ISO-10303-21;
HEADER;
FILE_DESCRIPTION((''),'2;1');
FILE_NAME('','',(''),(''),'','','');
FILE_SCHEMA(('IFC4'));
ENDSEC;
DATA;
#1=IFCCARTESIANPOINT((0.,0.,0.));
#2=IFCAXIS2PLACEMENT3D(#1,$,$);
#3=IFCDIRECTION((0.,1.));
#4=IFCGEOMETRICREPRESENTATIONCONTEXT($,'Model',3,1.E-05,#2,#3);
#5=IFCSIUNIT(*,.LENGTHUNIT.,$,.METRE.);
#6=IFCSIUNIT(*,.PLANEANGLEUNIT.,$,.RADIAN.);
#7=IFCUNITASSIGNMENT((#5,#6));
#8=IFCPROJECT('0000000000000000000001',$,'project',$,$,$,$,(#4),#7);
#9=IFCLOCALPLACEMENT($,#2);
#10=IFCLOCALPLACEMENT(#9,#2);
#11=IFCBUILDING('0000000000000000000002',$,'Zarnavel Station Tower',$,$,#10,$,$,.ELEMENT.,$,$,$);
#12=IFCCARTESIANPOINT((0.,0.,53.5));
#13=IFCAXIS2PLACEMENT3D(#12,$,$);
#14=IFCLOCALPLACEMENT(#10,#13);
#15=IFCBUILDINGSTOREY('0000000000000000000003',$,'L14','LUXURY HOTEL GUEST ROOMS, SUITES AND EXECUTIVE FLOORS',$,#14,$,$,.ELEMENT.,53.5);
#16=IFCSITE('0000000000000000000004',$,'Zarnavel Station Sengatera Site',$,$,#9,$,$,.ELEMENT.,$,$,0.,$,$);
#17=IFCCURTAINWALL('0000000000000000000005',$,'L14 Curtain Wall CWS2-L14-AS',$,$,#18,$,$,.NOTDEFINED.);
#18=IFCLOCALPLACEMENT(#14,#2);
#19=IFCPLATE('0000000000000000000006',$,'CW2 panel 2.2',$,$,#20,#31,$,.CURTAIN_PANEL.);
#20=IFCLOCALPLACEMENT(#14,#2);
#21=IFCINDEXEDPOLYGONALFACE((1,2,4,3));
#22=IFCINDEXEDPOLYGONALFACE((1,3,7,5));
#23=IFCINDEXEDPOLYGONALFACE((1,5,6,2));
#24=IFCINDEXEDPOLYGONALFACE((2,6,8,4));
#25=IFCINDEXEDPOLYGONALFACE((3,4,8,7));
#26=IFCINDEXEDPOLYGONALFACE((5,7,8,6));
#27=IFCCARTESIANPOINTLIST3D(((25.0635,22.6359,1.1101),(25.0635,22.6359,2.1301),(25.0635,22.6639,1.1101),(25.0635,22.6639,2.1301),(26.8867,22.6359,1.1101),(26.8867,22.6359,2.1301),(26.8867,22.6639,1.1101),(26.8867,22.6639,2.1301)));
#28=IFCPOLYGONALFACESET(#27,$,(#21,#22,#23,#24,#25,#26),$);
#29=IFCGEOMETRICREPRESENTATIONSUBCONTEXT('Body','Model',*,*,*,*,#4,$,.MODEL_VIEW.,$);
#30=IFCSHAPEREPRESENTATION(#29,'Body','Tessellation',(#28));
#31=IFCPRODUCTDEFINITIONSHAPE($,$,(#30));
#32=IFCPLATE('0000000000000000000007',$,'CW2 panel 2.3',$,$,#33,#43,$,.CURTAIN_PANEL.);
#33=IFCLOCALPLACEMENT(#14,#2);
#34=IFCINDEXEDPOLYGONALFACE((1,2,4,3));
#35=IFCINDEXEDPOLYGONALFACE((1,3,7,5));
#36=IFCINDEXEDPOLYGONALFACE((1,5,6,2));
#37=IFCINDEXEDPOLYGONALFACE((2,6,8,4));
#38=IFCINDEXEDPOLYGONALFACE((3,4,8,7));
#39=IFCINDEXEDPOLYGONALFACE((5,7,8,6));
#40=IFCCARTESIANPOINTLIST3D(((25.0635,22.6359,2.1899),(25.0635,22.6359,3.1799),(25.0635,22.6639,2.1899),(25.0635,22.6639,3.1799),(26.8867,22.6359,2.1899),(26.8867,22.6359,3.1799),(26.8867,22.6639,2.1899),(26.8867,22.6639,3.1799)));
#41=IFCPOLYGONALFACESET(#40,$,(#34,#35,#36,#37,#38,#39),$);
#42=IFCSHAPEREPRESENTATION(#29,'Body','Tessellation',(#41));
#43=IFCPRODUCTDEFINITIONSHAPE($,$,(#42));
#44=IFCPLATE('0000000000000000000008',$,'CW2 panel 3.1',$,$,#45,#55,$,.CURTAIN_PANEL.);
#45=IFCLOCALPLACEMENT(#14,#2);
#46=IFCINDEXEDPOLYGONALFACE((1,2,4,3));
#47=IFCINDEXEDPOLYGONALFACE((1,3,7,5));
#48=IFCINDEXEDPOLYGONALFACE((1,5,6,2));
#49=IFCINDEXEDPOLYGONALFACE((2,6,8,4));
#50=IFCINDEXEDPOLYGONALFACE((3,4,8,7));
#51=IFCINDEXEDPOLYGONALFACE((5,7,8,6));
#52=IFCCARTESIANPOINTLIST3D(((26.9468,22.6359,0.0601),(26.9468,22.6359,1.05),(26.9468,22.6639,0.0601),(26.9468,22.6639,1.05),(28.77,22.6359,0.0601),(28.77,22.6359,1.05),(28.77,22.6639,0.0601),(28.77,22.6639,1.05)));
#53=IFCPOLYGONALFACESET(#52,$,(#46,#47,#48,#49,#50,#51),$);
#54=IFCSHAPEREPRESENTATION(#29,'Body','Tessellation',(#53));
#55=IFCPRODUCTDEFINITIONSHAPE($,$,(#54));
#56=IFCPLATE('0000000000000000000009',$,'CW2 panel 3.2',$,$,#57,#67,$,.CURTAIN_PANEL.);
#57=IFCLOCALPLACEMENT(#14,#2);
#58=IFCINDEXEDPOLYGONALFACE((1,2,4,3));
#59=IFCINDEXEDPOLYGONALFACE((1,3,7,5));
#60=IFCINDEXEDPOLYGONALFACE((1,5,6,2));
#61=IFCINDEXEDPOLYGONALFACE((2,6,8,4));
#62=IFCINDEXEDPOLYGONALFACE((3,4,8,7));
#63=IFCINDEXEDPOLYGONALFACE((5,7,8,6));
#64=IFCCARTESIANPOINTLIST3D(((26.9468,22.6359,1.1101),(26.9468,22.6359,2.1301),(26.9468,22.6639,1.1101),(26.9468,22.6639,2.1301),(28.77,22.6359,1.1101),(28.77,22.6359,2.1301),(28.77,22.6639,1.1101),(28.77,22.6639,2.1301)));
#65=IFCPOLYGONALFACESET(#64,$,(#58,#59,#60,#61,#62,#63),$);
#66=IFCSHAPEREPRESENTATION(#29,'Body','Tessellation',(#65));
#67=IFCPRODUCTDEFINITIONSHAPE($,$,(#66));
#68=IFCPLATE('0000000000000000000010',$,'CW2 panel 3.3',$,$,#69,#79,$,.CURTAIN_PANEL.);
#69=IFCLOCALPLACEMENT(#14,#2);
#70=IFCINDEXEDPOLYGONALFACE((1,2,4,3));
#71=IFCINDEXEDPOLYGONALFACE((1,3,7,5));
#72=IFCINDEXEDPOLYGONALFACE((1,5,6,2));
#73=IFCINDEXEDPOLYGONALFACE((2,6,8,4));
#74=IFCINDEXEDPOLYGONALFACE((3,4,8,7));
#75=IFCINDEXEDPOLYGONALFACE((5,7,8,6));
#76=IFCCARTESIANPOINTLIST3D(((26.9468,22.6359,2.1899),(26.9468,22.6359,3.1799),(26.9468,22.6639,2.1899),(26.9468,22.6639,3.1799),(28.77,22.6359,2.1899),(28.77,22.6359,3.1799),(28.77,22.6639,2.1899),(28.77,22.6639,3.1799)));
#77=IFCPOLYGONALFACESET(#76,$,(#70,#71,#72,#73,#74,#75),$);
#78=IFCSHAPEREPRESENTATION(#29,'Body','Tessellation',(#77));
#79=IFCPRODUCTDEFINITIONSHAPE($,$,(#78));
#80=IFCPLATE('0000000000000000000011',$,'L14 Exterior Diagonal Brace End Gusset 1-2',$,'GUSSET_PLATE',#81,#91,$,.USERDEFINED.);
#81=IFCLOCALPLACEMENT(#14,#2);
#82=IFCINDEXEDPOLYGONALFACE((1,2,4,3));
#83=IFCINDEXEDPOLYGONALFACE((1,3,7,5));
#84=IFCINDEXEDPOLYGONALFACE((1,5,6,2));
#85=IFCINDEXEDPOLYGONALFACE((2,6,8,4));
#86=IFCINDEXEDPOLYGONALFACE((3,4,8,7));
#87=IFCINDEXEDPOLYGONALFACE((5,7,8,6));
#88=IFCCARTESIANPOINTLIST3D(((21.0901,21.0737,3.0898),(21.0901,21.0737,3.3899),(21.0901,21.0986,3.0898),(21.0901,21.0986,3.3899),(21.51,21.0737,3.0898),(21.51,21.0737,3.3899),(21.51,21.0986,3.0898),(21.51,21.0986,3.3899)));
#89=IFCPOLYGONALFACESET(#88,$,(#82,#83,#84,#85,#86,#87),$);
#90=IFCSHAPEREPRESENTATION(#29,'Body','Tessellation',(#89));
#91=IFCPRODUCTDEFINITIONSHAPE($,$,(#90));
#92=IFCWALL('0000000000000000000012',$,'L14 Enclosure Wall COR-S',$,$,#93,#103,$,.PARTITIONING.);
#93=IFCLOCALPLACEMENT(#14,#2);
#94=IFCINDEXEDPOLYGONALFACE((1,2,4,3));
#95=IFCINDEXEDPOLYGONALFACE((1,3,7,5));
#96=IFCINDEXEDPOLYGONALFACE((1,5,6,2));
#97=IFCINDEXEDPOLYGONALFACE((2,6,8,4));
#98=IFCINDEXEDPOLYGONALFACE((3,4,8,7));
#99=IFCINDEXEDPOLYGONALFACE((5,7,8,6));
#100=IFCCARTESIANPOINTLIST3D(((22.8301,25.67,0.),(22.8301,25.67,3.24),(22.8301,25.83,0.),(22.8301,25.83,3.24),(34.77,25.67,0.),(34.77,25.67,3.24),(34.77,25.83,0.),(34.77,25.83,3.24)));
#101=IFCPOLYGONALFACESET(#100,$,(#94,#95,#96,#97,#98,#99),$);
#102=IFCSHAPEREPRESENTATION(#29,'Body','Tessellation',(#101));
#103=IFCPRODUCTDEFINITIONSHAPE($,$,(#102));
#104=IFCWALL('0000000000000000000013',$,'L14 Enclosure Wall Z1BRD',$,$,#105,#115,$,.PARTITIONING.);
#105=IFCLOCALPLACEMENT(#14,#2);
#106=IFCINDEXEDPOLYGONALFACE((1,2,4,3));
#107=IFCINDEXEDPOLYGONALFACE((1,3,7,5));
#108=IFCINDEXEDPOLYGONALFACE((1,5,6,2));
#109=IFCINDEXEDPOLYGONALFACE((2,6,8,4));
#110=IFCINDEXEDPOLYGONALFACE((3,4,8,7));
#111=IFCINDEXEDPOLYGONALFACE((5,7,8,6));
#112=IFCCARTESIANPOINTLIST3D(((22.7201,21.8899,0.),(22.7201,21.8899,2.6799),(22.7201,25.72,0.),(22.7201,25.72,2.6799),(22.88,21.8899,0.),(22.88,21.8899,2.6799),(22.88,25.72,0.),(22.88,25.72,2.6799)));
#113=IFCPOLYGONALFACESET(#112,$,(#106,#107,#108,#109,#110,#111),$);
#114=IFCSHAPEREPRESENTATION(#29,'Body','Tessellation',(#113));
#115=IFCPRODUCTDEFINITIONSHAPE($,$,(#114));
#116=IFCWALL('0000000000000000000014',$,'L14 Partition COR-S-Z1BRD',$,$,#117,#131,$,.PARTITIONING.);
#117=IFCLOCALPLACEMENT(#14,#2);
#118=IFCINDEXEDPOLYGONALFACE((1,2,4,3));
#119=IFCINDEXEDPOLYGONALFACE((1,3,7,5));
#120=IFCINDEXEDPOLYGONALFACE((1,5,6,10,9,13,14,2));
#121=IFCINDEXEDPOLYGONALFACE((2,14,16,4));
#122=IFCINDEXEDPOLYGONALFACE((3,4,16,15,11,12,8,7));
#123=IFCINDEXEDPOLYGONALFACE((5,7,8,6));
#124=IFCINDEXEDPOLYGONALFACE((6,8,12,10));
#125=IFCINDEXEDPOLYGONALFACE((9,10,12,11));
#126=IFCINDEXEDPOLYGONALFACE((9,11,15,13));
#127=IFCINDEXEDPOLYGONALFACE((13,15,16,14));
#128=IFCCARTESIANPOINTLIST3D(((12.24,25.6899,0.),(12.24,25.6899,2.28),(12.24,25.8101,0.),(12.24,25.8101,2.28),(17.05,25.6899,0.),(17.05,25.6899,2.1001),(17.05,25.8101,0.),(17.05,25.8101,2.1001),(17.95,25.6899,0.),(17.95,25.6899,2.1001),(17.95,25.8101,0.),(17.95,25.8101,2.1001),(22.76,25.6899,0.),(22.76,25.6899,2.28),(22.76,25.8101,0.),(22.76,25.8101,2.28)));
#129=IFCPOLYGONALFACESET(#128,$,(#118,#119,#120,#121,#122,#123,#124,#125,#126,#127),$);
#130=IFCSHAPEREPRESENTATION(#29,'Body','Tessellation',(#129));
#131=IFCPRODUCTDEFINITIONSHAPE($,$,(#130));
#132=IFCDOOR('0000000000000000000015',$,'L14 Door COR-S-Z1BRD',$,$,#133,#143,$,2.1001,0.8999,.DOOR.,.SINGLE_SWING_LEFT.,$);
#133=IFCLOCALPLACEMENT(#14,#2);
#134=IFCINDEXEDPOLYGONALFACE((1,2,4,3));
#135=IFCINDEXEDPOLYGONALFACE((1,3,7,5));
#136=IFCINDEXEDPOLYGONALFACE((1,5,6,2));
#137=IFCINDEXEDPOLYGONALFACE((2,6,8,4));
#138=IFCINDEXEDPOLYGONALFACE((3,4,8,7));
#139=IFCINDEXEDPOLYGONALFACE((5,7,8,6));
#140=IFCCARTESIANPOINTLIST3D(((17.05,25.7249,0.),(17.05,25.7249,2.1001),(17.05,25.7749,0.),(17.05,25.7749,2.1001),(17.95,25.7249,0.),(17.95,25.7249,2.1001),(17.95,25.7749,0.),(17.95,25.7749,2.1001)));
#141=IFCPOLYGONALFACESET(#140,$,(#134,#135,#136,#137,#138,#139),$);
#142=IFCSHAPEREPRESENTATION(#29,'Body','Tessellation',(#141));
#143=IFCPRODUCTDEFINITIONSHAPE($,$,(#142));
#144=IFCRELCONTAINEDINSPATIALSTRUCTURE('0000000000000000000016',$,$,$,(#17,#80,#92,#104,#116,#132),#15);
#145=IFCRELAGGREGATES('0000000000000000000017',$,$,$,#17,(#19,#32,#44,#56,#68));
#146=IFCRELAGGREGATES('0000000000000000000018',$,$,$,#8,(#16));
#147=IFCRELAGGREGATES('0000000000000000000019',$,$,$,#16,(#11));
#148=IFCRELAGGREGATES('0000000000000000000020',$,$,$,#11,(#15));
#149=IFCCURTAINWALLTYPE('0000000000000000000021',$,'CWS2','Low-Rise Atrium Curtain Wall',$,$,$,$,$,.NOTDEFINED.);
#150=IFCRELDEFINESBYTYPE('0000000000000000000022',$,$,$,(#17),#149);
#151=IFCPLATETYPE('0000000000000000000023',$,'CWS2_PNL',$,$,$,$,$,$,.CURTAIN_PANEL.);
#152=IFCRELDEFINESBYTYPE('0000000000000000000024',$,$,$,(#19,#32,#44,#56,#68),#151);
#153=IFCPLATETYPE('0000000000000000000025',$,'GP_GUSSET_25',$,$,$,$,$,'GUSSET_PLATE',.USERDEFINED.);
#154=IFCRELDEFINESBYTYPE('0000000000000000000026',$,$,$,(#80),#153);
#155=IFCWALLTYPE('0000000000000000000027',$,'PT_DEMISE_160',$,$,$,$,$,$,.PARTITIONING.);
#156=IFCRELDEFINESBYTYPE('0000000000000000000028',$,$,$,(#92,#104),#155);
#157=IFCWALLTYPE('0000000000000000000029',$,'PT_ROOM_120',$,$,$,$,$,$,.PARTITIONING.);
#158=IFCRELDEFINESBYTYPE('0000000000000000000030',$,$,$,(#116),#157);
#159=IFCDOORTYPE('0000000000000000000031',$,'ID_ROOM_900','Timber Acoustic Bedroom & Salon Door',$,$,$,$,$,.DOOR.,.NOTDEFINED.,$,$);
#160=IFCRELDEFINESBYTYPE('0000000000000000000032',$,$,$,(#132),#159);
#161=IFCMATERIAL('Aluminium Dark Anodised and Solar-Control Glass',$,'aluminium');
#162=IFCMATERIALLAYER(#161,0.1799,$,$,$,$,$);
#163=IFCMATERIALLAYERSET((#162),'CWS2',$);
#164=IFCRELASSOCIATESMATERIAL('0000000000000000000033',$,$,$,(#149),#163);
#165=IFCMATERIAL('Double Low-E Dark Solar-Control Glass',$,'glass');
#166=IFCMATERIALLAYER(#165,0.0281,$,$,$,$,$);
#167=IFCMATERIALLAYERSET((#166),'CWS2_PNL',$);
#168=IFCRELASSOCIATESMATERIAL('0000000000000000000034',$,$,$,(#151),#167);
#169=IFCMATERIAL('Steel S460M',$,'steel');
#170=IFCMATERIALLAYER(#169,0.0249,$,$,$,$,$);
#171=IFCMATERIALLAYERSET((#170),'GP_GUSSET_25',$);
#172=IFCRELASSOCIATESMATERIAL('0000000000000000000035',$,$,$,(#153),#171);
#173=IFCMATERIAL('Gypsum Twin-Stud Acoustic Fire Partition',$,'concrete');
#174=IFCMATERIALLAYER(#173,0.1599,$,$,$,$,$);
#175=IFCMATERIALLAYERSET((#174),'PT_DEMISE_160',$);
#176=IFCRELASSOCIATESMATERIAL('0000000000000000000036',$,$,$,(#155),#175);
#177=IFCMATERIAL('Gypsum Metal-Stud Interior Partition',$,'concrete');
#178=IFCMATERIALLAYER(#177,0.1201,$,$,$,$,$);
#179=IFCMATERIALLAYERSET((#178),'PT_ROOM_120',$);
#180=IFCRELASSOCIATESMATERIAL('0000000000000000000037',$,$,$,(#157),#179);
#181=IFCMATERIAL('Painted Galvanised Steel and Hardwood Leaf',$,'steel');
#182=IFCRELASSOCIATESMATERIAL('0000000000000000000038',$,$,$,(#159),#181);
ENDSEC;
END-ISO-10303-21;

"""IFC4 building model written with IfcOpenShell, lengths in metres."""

from ifc_helpers import new_model, si_unit, direction, frame, frame_2d, origin, origin_2d, place, context, subcontext, project, spatial, rectangle, extrude, material, layer, layer_set, type_object, element, fill, aggregate, save


model = new_model("IFC4")

# Units and contexts
model_context = context("Model", 3, precision=1e-05, world=origin(), true_north=direction((0.0, 1.0)))
body_context = subcontext(model_context, "Body", "Model", "MODEL_VIEW")
ifc_project = project(units=[si_unit("LENGTHUNIT", "METRE"), si_unit("PLANEANGLEUNIT", "RADIAN")], contexts=[model_context])

# Site, building, storey
site_placement = place(None, origin())
site = spatial("IfcSite", under=ifc_project, at=site_placement, Name="Zarnavel Station Sengatera Site", CompositionType="ELEMENT", RefElevation=0.0)
building_placement = place(site_placement, origin())
building = spatial("IfcBuilding", under=site, at=building_placement, Name="Zarnavel Station Tower", CompositionType="ELEMENT")
storey_placement = place(building_placement, frame((0.0, 0.0, 53.5)))
storey = spatial("IfcBuildingStorey", under=building, at=storey_placement, Name="L14", Description="LUXURY HOTEL GUEST ROOMS, SUITES AND EXECUTIVE FLOORS", CompositionType="ELEMENT", Elevation=53.5)

# Curtain wall
ifc_material_1 = material(Name="Aluminium Dark Anodised and Solar-Control Glass", Category="aluminium")
ifc_layer_1 = layer(ifc_material_1, 0.1799)
ifc_layer_set_1 = layer_set([ifc_layer_1], Name="CWS2")
curtain_wall_type = type_object("IfcCurtainWallType", Name="CWS2", Description="Low-Rise Atrium Curtain Wall", PredefinedType="NOTDEFINED", material=ifc_layer_set_1)
curtain_wall_placement = place(storey_placement, origin())
curtain_wall = element("IfcCurtainWall", 1, at=curtain_wall_placement, inside=storey, type_object=curtain_wall_type, Name="L14 Curtain Wall CWS2-L14-AS", PredefinedType="NOTDEFINED")

# Plates
ifc_material_2 = material(Name="Double Low-E Dark Solar-Control Glass", Category="glass")
ifc_layer_2 = layer(ifc_material_2, 0.0281)
ifc_layer_set_2 = layer_set([ifc_layer_2], Name="CWS2_PNL")
plate_type_1 = type_object("IfcPlateType", Name="CWS2_PNL", PredefinedType="CURTAIN_PANEL", material=ifc_layer_set_2)
plate_1_placement = place(storey_placement, frame((25.9751, 22.6499, 1.1101), z_axis=(0.0, 0.0, 1.0), x_axis=(1.0, 0.0, 0.0)))
plate_1 = element("IfcPlate", 2, at=plate_1_placement, type_object=plate_type_1, Name="CW2 panel 2.2", PredefinedType="CURTAIN_PANEL", context=body_context, shape_type="SweptSolid", body=[
    extrude(rectangle(XDim=1.8232, YDim=0.0281, at=origin_2d()), origin(), (0.0, 0.0, 1.0), 1.02),
])
plate_2_placement = place(storey_placement, frame((25.9751, 22.6499, 2.1899), z_axis=(0.0, 0.0, 1.0), x_axis=(1.0, 0.0, 0.0)))
plate_2 = element("IfcPlate", 3, at=plate_2_placement, type_object=plate_type_1, Name="CW2 panel 2.3", PredefinedType="CURTAIN_PANEL", context=body_context, shape_type="SweptSolid", body=[
    extrude(rectangle(XDim=1.8232, YDim=0.0281, at=origin_2d()), origin(), (0.0, 0.0, 1.0), 0.99),
])
plate_3_placement = place(storey_placement, frame((27.8584, 22.6499, 0.0601), z_axis=(0.0, 0.0, 1.0), x_axis=(1.0, 0.0, 0.0)))
plate_3 = element("IfcPlate", 4, at=plate_3_placement, type_object=plate_type_1, Name="CW2 panel 3.1", PredefinedType="CURTAIN_PANEL", context=body_context, shape_type="SweptSolid", body=[
    extrude(rectangle(XDim=1.8232, YDim=0.0281, at=origin_2d()), origin(), (0.0, 0.0, 1.0), 0.99),
])
plate_4_placement = place(storey_placement, frame((27.8584, 22.6499, 1.1101), z_axis=(0.0, 0.0, 1.0), x_axis=(1.0, 0.0, 0.0)))
plate_4 = element("IfcPlate", 5, at=plate_4_placement, type_object=plate_type_1, Name="CW2 panel 3.2", PredefinedType="CURTAIN_PANEL", context=body_context, shape_type="SweptSolid", body=[
    extrude(rectangle(XDim=1.8232, YDim=0.0281, at=origin_2d()), origin(), (0.0, 0.0, 1.0), 1.02),
])
plate_5_placement = place(storey_placement, frame((27.8584, 22.6499, 2.1899), z_axis=(0.0, 0.0, 1.0), x_axis=(1.0, 0.0, 0.0)))
plate_5 = element("IfcPlate", 6, at=plate_5_placement, type_object=plate_type_1, Name="CW2 panel 3.3", PredefinedType="CURTAIN_PANEL", context=body_context, shape_type="SweptSolid", body=[
    extrude(rectangle(XDim=1.8232, YDim=0.0281, at=origin_2d()), origin(), (0.0, 0.0, 1.0), 0.99),
])
aggregate(curtain_wall, [plate_1, plate_2, plate_3, plate_4, plate_5])
ifc_material_3 = material(Name="Steel S460M", Category="steel")
ifc_layer_3 = layer(ifc_material_3, 0.0249)
ifc_layer_set_3 = layer_set([ifc_layer_3], Name="GP_GUSSET_25")
plate_type_2 = type_object("IfcPlateType", Name="GP_GUSSET_25", ElementType="GUSSET_PLATE", PredefinedType="USERDEFINED", material=ifc_layer_set_3)
plate_6_placement = place(storey_placement, frame((21.3, 21.0862, 3.0898), z_axis=(0.0, 0.0, 1.0), x_axis=(1.0, 0.0, 0.0)))
element("IfcPlate", 7, at=plate_6_placement, inside=storey, type_object=plate_type_2, Name="L14 Exterior Diagonal Brace End Gusset 1-2", ObjectType="GUSSET_PLATE", PredefinedType="USERDEFINED", context=body_context, shape_type="SweptSolid", body=[
    extrude(rectangle(XDim=0.4199, YDim=0.0249, at=origin_2d()), origin(), (0.0, 0.0, 1.0), 0.3),
])

# Walls
ifc_material_4 = material(Name="Gypsum Twin-Stud Acoustic Fire Partition", Category="concrete")
ifc_layer_4 = layer(ifc_material_4, 0.1599)
ifc_layer_set_4 = layer_set([ifc_layer_4], Name="PT_DEMISE_160")
wall_type_1 = type_object("IfcWallType", Name="PT_DEMISE_160", PredefinedType="PARTITIONING", material=ifc_layer_set_4)
wall_1_placement = place(storey_placement, frame((22.8301, 25.75, 0.0), z_axis=(0.0, 0.0, 1.0), x_axis=(1.0, 0.0, 0.0)))
element("IfcWall", 8, at=wall_1_placement, inside=storey, type_object=wall_type_1, Name="L14 Enclosure Wall COR-S", PredefinedType="PARTITIONING", context=body_context, shape_type="SweptSolid", body=[
    extrude(rectangle(XDim=11.9399, YDim=0.1599, at=frame_2d((5.97, 0.0))), origin(), (0.0, 0.0, 1.0), 3.24),
])
wall_2_placement = place(storey_placement, frame((22.8, 21.8899, 0.0), z_axis=(0.0, 0.0, 1.0), x_axis=(0.0, 1.0, 0.0)))
element("IfcWall", 9, at=wall_2_placement, inside=storey, type_object=wall_type_1, Name="L14 Enclosure Wall Z1BRD", PredefinedType="PARTITIONING", context=body_context, shape_type="SweptSolid", body=[
    extrude(rectangle(XDim=3.8301, YDim=0.1599, at=frame_2d((1.915, 0.0))), origin(), (0.0, 0.0, 1.0), 2.6799),
])

# Wall, opening, door
ifc_material_5 = material(Name="Gypsum Metal-Stud Interior Partition", Category="concrete")
ifc_layer_5 = layer(ifc_material_5, 0.1201)
ifc_layer_set_5 = layer_set([ifc_layer_5], Name="PT_ROOM_120")
wall_type_2 = type_object("IfcWallType", Name="PT_ROOM_120", PredefinedType="PARTITIONING", material=ifc_layer_set_5)
wall_3_placement = place(storey_placement, frame((12.24, 25.75, 0.0), z_axis=(0.0, 0.0, 1.0), x_axis=(1.0, 0.0, 0.0)))
wall_3 = element("IfcWall", 10, at=wall_3_placement, inside=storey, type_object=wall_type_2, Name="L14 Partition COR-S-Z1BRD", PredefinedType="PARTITIONING", context=body_context, shape_type="SweptSolid", body=[
    extrude(rectangle(XDim=10.52, YDim=0.1201, at=frame_2d((5.26, 0.0))), origin(), (0.0, 0.0, 1.0), 2.28),
])
opening_placement = place(wall_3_placement, frame((4.8101, 0.0, 0.0)))
opening = element("IfcOpeningElement", 11, at=opening_placement, cuts=wall_3, PredefinedType="OPENING", context=body_context, shape_type="SweptSolid", body=[
    extrude(rectangle(XDim=0.8999, YDim=2.1001, at=frame_2d((0.45, 1.05))), frame((0.0, 0.0701, 0.0), z_axis=(0.0, -1.0, 0.0), x_axis=(1.0, 0.0, 0.0)), (0.0, 0.0, 1.0), 0.1401),
])
ifc_material_6 = material(Name="Painted Galvanised Steel and Hardwood Leaf", Category="steel")
door_type = type_object("IfcDoorType", Name="ID_ROOM_900", Description="Timber Acoustic Bedroom & Salon Door", OperationType="NOTDEFINED", PredefinedType="DOOR", material=ifc_material_6)
door_placement = place(opening_placement, origin())
door = element("IfcDoor", 12, at=door_placement, inside=storey, type_object=door_type, Name="L14 Door COR-S-Z1BRD", OperationType="SINGLE_SWING_LEFT", OverallHeight=2.1001, OverallWidth=0.8999, PredefinedType="DOOR", context=body_context, shape_type="SweptSolid", body=[
    extrude(rectangle(XDim=0.8999, YDim=2.1001, at=frame_2d((0.45, 1.05))), frame((0.0, 0.0249, 0.0), z_axis=(0.0, -1.0, 0.0), x_axis=(1.0, 0.0, 0.0)), (0.0, 0.0, 1.0), 0.05),
])
fill(opening, door)

save(model, "model.ifc")
